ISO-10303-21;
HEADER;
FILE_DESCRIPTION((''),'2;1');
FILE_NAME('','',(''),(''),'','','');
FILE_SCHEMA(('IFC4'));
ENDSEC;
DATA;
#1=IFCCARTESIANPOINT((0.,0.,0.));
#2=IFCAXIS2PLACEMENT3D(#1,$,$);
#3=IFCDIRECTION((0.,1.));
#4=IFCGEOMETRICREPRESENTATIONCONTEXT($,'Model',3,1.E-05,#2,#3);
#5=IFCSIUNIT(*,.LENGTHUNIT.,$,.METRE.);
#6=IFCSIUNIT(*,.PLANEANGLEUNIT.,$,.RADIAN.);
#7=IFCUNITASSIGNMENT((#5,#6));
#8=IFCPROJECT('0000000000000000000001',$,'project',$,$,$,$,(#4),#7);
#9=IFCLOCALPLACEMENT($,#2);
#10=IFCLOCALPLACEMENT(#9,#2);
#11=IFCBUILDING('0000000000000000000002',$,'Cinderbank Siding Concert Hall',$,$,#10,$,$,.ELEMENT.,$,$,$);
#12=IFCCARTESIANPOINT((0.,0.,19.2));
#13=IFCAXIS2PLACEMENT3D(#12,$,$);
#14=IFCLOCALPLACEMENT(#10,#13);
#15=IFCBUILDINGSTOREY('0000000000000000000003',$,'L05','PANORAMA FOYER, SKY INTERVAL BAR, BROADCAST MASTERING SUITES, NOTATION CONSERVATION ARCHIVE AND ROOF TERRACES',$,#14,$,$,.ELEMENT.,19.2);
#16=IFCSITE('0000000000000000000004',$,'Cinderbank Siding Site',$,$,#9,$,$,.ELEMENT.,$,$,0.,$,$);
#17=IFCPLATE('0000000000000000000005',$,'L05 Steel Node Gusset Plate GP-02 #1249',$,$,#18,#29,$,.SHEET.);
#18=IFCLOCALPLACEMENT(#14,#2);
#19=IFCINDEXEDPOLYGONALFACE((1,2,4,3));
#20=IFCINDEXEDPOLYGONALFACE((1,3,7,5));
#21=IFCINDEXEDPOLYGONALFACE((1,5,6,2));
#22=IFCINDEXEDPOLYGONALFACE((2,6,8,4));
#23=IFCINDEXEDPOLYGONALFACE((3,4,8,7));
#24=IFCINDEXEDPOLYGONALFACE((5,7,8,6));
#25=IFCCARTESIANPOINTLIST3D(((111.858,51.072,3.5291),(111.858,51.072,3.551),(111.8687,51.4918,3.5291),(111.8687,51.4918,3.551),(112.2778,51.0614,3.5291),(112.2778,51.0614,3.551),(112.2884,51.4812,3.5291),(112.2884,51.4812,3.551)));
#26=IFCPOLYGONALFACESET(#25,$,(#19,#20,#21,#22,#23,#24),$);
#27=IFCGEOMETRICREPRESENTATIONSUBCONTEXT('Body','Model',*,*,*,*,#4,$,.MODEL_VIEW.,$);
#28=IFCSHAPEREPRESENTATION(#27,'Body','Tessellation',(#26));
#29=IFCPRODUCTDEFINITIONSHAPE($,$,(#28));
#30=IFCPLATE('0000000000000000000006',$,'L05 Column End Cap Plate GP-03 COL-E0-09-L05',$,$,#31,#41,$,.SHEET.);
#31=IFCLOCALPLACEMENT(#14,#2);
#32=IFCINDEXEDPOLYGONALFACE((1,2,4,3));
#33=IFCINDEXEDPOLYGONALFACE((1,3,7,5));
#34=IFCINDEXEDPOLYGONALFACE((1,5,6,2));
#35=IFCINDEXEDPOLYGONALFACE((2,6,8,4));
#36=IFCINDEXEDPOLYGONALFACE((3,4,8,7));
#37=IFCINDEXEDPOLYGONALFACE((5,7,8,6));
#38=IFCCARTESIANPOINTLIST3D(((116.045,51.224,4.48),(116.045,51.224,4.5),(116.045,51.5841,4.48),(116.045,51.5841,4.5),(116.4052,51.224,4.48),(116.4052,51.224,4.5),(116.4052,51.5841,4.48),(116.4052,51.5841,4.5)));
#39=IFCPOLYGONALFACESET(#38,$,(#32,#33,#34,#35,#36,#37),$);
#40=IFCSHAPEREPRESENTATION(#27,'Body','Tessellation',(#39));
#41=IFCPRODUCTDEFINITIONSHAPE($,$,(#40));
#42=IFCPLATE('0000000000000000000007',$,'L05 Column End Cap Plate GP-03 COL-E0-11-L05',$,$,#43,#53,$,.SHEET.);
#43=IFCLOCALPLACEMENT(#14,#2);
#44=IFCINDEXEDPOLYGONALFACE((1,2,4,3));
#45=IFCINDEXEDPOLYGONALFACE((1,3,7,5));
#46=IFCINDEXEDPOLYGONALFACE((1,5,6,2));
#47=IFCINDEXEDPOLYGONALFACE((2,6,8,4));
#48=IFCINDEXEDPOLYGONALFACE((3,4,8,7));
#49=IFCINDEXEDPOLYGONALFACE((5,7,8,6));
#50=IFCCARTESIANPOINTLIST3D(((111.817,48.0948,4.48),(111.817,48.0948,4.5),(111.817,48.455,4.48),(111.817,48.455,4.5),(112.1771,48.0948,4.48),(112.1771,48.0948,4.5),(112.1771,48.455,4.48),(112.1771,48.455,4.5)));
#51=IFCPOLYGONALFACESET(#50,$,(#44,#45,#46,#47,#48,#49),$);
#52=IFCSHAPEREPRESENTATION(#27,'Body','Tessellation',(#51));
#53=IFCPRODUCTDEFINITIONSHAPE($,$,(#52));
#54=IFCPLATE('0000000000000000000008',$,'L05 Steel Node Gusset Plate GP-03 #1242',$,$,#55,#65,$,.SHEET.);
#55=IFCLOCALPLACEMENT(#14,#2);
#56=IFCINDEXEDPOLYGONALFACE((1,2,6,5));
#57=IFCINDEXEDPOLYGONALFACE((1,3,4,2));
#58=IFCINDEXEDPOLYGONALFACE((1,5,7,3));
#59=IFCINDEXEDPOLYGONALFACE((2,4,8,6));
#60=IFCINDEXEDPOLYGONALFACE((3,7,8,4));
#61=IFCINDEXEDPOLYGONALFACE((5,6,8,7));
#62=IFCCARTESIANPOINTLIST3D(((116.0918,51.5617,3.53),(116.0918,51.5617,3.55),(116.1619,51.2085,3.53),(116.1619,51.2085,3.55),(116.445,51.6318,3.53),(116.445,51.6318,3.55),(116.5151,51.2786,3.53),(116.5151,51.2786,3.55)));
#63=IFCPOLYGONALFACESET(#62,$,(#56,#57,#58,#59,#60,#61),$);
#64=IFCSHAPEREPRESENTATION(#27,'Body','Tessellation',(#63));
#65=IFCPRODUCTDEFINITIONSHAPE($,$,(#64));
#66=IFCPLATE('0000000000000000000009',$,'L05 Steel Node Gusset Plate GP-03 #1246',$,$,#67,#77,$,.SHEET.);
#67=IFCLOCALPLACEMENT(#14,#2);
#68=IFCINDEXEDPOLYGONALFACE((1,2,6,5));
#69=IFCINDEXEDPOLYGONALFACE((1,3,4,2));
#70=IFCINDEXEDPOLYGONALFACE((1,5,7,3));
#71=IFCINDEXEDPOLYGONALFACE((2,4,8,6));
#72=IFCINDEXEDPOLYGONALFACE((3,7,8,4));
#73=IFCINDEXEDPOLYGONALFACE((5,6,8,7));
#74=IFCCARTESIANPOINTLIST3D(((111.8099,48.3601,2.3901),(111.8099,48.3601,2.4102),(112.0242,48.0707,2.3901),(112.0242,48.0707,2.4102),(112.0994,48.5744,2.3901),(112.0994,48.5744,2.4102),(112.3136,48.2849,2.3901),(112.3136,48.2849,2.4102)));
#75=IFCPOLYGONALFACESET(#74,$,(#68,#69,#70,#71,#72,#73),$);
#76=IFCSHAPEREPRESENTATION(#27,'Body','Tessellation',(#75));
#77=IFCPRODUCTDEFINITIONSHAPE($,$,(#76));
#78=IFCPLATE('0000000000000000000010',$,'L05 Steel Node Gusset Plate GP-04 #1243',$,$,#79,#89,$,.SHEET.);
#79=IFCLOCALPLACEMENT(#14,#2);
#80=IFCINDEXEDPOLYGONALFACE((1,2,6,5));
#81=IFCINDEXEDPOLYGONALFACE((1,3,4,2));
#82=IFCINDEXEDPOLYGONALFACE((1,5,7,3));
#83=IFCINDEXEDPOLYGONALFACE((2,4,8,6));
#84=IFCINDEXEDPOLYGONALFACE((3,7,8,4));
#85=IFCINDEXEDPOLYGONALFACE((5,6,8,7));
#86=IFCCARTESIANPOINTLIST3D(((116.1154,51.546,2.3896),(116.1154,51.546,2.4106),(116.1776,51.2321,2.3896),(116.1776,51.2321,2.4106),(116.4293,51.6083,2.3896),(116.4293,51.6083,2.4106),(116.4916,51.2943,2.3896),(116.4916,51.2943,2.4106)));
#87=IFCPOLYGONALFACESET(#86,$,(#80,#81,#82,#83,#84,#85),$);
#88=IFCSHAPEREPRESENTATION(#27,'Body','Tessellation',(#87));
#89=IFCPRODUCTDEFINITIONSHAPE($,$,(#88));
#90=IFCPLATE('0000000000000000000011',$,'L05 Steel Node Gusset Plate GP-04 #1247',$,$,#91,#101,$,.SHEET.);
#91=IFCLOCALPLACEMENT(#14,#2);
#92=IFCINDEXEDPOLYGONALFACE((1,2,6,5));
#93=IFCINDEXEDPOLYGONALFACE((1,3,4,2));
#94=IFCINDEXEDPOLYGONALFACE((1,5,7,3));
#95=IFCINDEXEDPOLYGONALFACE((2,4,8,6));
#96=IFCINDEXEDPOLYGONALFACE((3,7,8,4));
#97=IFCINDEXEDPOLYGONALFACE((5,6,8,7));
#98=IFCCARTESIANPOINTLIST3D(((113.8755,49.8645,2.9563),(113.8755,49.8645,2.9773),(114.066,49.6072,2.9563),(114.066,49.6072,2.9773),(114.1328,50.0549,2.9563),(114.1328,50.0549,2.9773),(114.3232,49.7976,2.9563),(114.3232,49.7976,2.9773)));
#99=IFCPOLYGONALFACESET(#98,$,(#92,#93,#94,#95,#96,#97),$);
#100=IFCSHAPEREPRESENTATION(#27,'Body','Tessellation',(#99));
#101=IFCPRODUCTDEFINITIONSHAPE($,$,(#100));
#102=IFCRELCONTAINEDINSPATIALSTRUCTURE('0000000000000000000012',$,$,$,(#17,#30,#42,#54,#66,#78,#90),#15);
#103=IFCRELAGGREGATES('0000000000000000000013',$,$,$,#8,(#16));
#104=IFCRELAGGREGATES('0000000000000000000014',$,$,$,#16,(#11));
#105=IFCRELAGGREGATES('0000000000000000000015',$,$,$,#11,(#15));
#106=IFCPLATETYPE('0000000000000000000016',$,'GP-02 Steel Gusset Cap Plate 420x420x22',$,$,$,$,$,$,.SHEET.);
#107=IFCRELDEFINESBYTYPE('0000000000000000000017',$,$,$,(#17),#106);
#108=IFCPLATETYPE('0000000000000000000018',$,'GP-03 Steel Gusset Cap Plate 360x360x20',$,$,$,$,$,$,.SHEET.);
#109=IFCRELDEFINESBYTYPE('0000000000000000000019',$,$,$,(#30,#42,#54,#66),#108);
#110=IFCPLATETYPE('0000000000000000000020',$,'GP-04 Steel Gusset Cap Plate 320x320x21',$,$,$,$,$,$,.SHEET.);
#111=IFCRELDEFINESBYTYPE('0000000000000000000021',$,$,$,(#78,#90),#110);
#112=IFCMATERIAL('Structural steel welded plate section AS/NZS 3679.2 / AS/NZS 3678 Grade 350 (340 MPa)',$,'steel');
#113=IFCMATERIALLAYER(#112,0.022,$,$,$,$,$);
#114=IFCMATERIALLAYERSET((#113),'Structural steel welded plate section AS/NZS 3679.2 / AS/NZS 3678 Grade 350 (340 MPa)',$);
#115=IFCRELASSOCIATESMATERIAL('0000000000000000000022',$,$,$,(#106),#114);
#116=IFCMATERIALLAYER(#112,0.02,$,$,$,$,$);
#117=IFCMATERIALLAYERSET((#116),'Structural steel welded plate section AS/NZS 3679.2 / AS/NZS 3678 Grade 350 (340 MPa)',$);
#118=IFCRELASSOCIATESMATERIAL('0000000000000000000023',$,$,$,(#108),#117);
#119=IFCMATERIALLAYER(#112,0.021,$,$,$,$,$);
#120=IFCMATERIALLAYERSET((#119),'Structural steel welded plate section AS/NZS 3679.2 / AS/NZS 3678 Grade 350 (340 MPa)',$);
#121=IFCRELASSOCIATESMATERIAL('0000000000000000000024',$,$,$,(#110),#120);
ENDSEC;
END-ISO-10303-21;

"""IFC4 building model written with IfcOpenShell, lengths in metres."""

from ifc_helpers import new_model, si_unit, direction, frame, origin, origin_2d, place, context, subcontext, project, spatial, rectangle, extrude, material, layer, layer_set, type_object, element, save


model = new_model("IFC4")

# Units and contexts
model_context = context("Model", 3, precision=1e-05, world=origin(), true_north=direction((0.0, 1.0)))
body_context = subcontext(model_context, "Body", "Model", "MODEL_VIEW")
ifc_project = project(units=[si_unit("LENGTHUNIT", "METRE"), si_unit("PLANEANGLEUNIT", "RADIAN")], contexts=[model_context])

# Site, building, storey
site_placement = place(None, origin())
site = spatial("IfcSite", under=ifc_project, at=site_placement, Name="Cinderbank Siding Site", CompositionType="ELEMENT", RefElevation=0.0)
building_placement = place(site_placement, origin())
building = spatial("IfcBuilding", under=site, at=building_placement, Name="Cinderbank Siding Concert Hall", CompositionType="ELEMENT")
storey_placement = place(building_placement, frame((0.0, 0.0, 19.2)))
storey = spatial("IfcBuildingStorey", under=building, at=storey_placement, Name="L05", Description="PANORAMA FOYER, SKY INTERVAL BAR, BROADCAST MASTERING SUITES, NOTATION CONSERVATION ARCHIVE AND ROOF TERRACES", CompositionType="ELEMENT", Elevation=19.2)

# Plates
ifc_material_1 = material(Name="Structural steel welded plate section AS/NZS 3679.2 / AS/NZS 3678 Grade 350 (340 MPa)", Category="steel")
ifc_layer_1 = layer(ifc_material_1, 0.022)
ifc_layer_set_1 = layer_set([ifc_layer_1], Name="Structural steel welded plate section AS/NZS 3679.2 / AS/NZS 3678 Grade 350 (340 MPa)")
plate_type_1 = type_object("IfcPlateType", Name="GP-02 Steel Gusset Cap Plate 420x420x22", PredefinedType="SHEET", material=ifc_layer_set_1)
for number, where, z_axis, x_axis, name in (
    (1, (112.0732, 51.2766, 3.5291), (0.0, 0.0, 1.0), (0.025305, 0.99968, 0.0), "L05 Steel Node Gusset Plate GP-02 #1249"),
):
    element("IfcPlate", number, at=place(storey_placement, frame(where, z_axis=z_axis, x_axis=x_axis)), inside=storey, type_object=plate_type_1, Name=name, PredefinedType="SHEET", context=body_context, shape_type="SweptSolid", body=[
        extrude(rectangle(XDim=0.4199, YDim=0.4199, at=origin_2d()), origin(), (0.0, 0.0, 1.0), 0.022),
    ])
ifc_layer_2 = layer(ifc_material_1, 0.02)
ifc_layer_set_2 = layer_set([ifc_layer_2], Name="Structural steel welded plate section AS/NZS 3679.2 / AS/NZS 3678 Grade 350 (340 MPa)")
plate_type_2 = type_object("IfcPlateType", Name="GP-03 Steel Gusset Cap Plate 360x360x20", PredefinedType="SHEET", material=ifc_layer_set_2)
for number, where, z_axis, x_axis, name in (
    (2, (116.2251, 51.4041, 4.48), (0.0, 0.0, 1.0), (1.0, 0.0, 0.0), "L05 Column End Cap Plate GP-03 COL-E0-09-L05"),
    (3, (111.9971, 48.2749, 4.48), (0.0, 0.0, 1.0), (1.0, 0.0, 0.0), "L05 Column End Cap Plate GP-03 COL-E0-11-L05"),
    (4, (116.3035, 51.4202, 3.53), (0.0, 0.0, 1.0), (-0.980887, -0.194577, 0.0), "L05 Steel Node Gusset Plate GP-03 #1242"),
    (5, (112.0618, 48.3225, 2.3901), (0.0, 0.0, 1.0), (0.803753, 0.594963, 0.0), "L05 Steel Node Gusset Plate GP-03 #1246"),
):
    element("IfcPlate", number, at=place(storey_placement, frame(where, z_axis=z_axis, x_axis=x_axis)), inside=storey, type_object=plate_type_2, Name=name, PredefinedType="SHEET", context=body_context, shape_type="SweptSolid", body=[
        extrude(rectangle(XDim=0.3601, YDim=0.3601, at=origin_2d()), origin(), (0.0, 0.0, 1.0), 0.02),
    ])
ifc_layer_3 = layer(ifc_material_1, 0.021)
ifc_layer_set_3 = layer_set([ifc_layer_3], Name="Structural steel welded plate section AS/NZS 3679.2 / AS/NZS 3678 Grade 350 (340 MPa)")
plate_type_3 = type_object("IfcPlateType", Name="GP-04 Steel Gusset Cap Plate 320x320x21", PredefinedType="SHEET", material=ifc_layer_set_3)
for number, where, z_axis, x_axis, name in (
    (6, (116.3035, 51.4202, 2.3896), (0.0, 0.0, 1.0), (0.980887, 0.194577, 0.0), "L05 Steel Node Gusset Plate GP-04 #1243"),
    (7, (114.0994, 49.8311, 2.9563), (0.0, 0.0, 1.0), (0.803753, 0.594963, 0.0), "L05 Steel Node Gusset Plate GP-04 #1247"),
):
    element("IfcPlate", number, at=place(storey_placement, frame(where, z_axis=z_axis, x_axis=x_axis)), inside=storey, type_object=plate_type_3, Name=name, PredefinedType="SHEET", context=body_context, shape_type="SweptSolid", body=[
        extrude(rectangle(XDim=0.3201, YDim=0.3201, at=origin_2d()), origin(), (0.0, 0.0, 1.0), 0.021),
    ])

save(model, "model.ifc")
